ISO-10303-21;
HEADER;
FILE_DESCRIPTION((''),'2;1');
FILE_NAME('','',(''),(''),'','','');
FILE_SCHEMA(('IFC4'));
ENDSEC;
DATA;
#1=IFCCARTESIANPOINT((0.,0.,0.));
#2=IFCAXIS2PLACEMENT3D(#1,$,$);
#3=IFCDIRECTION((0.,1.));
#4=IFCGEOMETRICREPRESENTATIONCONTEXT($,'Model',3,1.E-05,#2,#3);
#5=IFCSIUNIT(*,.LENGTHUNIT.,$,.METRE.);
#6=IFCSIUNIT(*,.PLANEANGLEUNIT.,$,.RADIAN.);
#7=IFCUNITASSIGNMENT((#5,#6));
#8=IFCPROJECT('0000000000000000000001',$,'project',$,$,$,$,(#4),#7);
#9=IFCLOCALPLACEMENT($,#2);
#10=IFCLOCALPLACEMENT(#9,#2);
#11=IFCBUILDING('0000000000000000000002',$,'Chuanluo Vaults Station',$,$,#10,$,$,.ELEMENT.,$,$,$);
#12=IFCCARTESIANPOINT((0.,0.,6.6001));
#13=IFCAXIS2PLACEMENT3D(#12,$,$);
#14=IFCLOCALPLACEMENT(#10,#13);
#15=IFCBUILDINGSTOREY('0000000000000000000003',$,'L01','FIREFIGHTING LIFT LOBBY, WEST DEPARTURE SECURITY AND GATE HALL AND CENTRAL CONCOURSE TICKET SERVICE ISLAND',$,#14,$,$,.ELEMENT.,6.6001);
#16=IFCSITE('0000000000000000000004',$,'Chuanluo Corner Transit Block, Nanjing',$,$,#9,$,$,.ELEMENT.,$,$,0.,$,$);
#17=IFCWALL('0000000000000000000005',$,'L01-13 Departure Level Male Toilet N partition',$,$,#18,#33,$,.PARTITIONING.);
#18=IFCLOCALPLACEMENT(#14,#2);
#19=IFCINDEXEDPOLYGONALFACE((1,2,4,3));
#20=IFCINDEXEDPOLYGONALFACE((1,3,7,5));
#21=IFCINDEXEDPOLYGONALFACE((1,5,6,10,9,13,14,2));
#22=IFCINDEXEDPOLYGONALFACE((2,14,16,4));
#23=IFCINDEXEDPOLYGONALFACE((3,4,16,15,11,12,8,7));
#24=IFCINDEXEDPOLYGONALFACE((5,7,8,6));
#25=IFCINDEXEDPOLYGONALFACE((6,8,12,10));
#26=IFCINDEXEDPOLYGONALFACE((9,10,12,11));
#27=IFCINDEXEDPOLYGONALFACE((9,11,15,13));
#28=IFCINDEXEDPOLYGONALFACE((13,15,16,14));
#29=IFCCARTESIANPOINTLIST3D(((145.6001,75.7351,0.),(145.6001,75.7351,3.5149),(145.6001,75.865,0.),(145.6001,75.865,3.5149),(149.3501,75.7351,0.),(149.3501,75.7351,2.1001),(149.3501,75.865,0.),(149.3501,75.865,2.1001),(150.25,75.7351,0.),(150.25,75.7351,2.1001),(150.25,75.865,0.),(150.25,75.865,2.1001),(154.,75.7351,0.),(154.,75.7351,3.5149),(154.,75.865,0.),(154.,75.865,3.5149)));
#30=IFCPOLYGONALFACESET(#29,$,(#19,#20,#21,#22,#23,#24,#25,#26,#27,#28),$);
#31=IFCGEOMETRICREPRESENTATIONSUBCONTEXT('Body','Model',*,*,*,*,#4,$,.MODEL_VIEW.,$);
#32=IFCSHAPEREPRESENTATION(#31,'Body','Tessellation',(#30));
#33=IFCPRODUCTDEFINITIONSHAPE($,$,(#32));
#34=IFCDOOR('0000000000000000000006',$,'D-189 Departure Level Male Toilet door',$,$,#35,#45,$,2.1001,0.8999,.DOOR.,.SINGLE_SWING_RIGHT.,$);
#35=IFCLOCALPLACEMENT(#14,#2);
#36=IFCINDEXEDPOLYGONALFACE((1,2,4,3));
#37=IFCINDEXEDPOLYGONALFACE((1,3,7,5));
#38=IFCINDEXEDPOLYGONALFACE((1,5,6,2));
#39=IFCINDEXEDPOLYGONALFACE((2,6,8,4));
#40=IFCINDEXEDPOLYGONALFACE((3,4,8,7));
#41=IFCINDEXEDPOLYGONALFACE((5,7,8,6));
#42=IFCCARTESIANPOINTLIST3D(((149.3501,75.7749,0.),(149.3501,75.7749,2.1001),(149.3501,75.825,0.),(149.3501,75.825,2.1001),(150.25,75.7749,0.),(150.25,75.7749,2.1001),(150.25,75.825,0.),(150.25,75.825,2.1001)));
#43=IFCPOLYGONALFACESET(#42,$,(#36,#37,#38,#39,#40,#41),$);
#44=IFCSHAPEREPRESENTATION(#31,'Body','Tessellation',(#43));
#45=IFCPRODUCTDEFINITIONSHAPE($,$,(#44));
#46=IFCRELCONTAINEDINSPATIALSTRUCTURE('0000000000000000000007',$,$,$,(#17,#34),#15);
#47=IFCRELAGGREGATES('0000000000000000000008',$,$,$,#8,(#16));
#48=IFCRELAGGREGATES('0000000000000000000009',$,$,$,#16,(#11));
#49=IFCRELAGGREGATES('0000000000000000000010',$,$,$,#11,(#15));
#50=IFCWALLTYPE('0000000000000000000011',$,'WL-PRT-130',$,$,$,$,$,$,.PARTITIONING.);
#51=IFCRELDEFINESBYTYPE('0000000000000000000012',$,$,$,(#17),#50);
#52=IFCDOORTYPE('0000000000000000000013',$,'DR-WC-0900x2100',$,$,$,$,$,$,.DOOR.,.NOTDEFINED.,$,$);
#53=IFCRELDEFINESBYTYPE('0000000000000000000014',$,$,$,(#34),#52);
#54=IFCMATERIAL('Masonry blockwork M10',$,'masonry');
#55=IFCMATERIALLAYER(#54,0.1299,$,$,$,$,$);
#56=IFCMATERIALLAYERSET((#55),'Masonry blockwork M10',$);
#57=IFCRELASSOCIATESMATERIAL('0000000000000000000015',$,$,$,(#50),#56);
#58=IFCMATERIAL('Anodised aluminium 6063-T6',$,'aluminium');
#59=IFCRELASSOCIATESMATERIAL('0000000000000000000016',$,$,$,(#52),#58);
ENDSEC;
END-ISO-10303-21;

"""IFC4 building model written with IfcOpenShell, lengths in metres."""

from ifc_helpers import new_model, si_unit, direction, frame, frame_2d, origin, place, context, subcontext, project, spatial, rectangle, extrude, material, layer, layer_set, type_object, element, fill, save


model = new_model("IFC4")

# Units and contexts
model_context = context("Model", 3, precision=1e-05, world=origin(), true_north=direction((0.0, 1.0)))
body_context = subcontext(model_context, "Body", "Model", "MODEL_VIEW")
ifc_project = project(units=[si_unit("LENGTHUNIT", "METRE"), si_unit("PLANEANGLEUNIT", "RADIAN")], contexts=[model_context])

# Site, building, storey
site_placement = place(None, origin())
site = spatial("IfcSite", under=ifc_project, at=site_placement, Name="Chuanluo Corner Transit Block, Nanjing", CompositionType="ELEMENT", RefElevation=0.0)
building_placement = place(site_placement, origin())
building = spatial("IfcBuilding", under=site, at=building_placement, Name="Chuanluo Vaults Station", CompositionType="ELEMENT")
storey_placement = place(building_placement, frame((0.0, 0.0, 6.6001)))
storey = spatial("IfcBuildingStorey", under=building, at=storey_placement, Name="L01", Description="FIREFIGHTING LIFT LOBBY, WEST DEPARTURE SECURITY AND GATE HALL AND CENTRAL CONCOURSE TICKET SERVICE ISLAND", CompositionType="ELEMENT", Elevation=6.6001)

# Wall, opening, door
ifc_material_1 = material(Name="Masonry blockwork M10", Category="masonry")
ifc_layer_1 = layer(ifc_material_1, 0.1299)
ifc_layer_set_1 = layer_set([ifc_layer_1], Name="Masonry blockwork M10")
wall_type = type_object("IfcWallType", Name="WL-PRT-130", PredefinedType="PARTITIONING", material=ifc_layer_set_1)
wall_placement = place(storey_placement, frame((145.6001, 75.8, 0.0), z_axis=(0.0, 0.0, 1.0), x_axis=(1.0, 0.0, 0.0)))
wall = element("IfcWall", 1, at=wall_placement, inside=storey, type_object=wall_type, Name="L01-13 Departure Level Male Toilet N partition", PredefinedType="PARTITIONING", context=body_context, shape_type="SweptSolid", body=[
    extrude(rectangle(XDim=8.3999, YDim=0.1299, at=frame_2d((4.2, 0.0))), origin(), (0.0, 0.0, 1.0), 3.5149),
])
opening_placement = place(wall_placement, frame((3.75, 0.0, 0.0)))
opening = element("IfcOpeningElement", 2, at=opening_placement, cuts=wall, PredefinedType="OPENING", context=body_context, shape_type="SweptSolid", body=[
    extrude(rectangle(XDim=0.8999, YDim=2.1001, at=frame_2d((0.45, 1.05))), frame((0.0, 0.0749, 0.0), z_axis=(0.0, -1.0, 0.0), x_axis=(1.0, 0.0, 0.0)), (0.0, 0.0, 1.0), 0.1499),
])
ifc_material_2 = material(Name="Anodised aluminium 6063-T6", Category="aluminium")
door_type = type_object("IfcDoorType", Name="DR-WC-0900x2100", OperationType="NOTDEFINED", PredefinedType="DOOR", material=ifc_material_2)
door_placement = place(opening_placement, origin())
door = element("IfcDoor", 3, at=door_placement, inside=storey, type_object=door_type, Name="D-189 Departure Level Male Toilet door", OperationType="SINGLE_SWING_RIGHT", OverallHeight=2.1001, OverallWidth=0.8999, PredefinedType="DOOR", context=body_context, shape_type="SweptSolid", body=[
    extrude(rectangle(XDim=0.8999, YDim=2.1001, at=frame_2d((0.45, 1.05))), frame((0.0, 0.0249, 0.0), z_axis=(0.0, -1.0, 0.0), x_axis=(1.0, 0.0, 0.0)), (0.0, 0.0, 1.0), 0.05),
])
fill(opening, door)

save(model, "model.ifc")
